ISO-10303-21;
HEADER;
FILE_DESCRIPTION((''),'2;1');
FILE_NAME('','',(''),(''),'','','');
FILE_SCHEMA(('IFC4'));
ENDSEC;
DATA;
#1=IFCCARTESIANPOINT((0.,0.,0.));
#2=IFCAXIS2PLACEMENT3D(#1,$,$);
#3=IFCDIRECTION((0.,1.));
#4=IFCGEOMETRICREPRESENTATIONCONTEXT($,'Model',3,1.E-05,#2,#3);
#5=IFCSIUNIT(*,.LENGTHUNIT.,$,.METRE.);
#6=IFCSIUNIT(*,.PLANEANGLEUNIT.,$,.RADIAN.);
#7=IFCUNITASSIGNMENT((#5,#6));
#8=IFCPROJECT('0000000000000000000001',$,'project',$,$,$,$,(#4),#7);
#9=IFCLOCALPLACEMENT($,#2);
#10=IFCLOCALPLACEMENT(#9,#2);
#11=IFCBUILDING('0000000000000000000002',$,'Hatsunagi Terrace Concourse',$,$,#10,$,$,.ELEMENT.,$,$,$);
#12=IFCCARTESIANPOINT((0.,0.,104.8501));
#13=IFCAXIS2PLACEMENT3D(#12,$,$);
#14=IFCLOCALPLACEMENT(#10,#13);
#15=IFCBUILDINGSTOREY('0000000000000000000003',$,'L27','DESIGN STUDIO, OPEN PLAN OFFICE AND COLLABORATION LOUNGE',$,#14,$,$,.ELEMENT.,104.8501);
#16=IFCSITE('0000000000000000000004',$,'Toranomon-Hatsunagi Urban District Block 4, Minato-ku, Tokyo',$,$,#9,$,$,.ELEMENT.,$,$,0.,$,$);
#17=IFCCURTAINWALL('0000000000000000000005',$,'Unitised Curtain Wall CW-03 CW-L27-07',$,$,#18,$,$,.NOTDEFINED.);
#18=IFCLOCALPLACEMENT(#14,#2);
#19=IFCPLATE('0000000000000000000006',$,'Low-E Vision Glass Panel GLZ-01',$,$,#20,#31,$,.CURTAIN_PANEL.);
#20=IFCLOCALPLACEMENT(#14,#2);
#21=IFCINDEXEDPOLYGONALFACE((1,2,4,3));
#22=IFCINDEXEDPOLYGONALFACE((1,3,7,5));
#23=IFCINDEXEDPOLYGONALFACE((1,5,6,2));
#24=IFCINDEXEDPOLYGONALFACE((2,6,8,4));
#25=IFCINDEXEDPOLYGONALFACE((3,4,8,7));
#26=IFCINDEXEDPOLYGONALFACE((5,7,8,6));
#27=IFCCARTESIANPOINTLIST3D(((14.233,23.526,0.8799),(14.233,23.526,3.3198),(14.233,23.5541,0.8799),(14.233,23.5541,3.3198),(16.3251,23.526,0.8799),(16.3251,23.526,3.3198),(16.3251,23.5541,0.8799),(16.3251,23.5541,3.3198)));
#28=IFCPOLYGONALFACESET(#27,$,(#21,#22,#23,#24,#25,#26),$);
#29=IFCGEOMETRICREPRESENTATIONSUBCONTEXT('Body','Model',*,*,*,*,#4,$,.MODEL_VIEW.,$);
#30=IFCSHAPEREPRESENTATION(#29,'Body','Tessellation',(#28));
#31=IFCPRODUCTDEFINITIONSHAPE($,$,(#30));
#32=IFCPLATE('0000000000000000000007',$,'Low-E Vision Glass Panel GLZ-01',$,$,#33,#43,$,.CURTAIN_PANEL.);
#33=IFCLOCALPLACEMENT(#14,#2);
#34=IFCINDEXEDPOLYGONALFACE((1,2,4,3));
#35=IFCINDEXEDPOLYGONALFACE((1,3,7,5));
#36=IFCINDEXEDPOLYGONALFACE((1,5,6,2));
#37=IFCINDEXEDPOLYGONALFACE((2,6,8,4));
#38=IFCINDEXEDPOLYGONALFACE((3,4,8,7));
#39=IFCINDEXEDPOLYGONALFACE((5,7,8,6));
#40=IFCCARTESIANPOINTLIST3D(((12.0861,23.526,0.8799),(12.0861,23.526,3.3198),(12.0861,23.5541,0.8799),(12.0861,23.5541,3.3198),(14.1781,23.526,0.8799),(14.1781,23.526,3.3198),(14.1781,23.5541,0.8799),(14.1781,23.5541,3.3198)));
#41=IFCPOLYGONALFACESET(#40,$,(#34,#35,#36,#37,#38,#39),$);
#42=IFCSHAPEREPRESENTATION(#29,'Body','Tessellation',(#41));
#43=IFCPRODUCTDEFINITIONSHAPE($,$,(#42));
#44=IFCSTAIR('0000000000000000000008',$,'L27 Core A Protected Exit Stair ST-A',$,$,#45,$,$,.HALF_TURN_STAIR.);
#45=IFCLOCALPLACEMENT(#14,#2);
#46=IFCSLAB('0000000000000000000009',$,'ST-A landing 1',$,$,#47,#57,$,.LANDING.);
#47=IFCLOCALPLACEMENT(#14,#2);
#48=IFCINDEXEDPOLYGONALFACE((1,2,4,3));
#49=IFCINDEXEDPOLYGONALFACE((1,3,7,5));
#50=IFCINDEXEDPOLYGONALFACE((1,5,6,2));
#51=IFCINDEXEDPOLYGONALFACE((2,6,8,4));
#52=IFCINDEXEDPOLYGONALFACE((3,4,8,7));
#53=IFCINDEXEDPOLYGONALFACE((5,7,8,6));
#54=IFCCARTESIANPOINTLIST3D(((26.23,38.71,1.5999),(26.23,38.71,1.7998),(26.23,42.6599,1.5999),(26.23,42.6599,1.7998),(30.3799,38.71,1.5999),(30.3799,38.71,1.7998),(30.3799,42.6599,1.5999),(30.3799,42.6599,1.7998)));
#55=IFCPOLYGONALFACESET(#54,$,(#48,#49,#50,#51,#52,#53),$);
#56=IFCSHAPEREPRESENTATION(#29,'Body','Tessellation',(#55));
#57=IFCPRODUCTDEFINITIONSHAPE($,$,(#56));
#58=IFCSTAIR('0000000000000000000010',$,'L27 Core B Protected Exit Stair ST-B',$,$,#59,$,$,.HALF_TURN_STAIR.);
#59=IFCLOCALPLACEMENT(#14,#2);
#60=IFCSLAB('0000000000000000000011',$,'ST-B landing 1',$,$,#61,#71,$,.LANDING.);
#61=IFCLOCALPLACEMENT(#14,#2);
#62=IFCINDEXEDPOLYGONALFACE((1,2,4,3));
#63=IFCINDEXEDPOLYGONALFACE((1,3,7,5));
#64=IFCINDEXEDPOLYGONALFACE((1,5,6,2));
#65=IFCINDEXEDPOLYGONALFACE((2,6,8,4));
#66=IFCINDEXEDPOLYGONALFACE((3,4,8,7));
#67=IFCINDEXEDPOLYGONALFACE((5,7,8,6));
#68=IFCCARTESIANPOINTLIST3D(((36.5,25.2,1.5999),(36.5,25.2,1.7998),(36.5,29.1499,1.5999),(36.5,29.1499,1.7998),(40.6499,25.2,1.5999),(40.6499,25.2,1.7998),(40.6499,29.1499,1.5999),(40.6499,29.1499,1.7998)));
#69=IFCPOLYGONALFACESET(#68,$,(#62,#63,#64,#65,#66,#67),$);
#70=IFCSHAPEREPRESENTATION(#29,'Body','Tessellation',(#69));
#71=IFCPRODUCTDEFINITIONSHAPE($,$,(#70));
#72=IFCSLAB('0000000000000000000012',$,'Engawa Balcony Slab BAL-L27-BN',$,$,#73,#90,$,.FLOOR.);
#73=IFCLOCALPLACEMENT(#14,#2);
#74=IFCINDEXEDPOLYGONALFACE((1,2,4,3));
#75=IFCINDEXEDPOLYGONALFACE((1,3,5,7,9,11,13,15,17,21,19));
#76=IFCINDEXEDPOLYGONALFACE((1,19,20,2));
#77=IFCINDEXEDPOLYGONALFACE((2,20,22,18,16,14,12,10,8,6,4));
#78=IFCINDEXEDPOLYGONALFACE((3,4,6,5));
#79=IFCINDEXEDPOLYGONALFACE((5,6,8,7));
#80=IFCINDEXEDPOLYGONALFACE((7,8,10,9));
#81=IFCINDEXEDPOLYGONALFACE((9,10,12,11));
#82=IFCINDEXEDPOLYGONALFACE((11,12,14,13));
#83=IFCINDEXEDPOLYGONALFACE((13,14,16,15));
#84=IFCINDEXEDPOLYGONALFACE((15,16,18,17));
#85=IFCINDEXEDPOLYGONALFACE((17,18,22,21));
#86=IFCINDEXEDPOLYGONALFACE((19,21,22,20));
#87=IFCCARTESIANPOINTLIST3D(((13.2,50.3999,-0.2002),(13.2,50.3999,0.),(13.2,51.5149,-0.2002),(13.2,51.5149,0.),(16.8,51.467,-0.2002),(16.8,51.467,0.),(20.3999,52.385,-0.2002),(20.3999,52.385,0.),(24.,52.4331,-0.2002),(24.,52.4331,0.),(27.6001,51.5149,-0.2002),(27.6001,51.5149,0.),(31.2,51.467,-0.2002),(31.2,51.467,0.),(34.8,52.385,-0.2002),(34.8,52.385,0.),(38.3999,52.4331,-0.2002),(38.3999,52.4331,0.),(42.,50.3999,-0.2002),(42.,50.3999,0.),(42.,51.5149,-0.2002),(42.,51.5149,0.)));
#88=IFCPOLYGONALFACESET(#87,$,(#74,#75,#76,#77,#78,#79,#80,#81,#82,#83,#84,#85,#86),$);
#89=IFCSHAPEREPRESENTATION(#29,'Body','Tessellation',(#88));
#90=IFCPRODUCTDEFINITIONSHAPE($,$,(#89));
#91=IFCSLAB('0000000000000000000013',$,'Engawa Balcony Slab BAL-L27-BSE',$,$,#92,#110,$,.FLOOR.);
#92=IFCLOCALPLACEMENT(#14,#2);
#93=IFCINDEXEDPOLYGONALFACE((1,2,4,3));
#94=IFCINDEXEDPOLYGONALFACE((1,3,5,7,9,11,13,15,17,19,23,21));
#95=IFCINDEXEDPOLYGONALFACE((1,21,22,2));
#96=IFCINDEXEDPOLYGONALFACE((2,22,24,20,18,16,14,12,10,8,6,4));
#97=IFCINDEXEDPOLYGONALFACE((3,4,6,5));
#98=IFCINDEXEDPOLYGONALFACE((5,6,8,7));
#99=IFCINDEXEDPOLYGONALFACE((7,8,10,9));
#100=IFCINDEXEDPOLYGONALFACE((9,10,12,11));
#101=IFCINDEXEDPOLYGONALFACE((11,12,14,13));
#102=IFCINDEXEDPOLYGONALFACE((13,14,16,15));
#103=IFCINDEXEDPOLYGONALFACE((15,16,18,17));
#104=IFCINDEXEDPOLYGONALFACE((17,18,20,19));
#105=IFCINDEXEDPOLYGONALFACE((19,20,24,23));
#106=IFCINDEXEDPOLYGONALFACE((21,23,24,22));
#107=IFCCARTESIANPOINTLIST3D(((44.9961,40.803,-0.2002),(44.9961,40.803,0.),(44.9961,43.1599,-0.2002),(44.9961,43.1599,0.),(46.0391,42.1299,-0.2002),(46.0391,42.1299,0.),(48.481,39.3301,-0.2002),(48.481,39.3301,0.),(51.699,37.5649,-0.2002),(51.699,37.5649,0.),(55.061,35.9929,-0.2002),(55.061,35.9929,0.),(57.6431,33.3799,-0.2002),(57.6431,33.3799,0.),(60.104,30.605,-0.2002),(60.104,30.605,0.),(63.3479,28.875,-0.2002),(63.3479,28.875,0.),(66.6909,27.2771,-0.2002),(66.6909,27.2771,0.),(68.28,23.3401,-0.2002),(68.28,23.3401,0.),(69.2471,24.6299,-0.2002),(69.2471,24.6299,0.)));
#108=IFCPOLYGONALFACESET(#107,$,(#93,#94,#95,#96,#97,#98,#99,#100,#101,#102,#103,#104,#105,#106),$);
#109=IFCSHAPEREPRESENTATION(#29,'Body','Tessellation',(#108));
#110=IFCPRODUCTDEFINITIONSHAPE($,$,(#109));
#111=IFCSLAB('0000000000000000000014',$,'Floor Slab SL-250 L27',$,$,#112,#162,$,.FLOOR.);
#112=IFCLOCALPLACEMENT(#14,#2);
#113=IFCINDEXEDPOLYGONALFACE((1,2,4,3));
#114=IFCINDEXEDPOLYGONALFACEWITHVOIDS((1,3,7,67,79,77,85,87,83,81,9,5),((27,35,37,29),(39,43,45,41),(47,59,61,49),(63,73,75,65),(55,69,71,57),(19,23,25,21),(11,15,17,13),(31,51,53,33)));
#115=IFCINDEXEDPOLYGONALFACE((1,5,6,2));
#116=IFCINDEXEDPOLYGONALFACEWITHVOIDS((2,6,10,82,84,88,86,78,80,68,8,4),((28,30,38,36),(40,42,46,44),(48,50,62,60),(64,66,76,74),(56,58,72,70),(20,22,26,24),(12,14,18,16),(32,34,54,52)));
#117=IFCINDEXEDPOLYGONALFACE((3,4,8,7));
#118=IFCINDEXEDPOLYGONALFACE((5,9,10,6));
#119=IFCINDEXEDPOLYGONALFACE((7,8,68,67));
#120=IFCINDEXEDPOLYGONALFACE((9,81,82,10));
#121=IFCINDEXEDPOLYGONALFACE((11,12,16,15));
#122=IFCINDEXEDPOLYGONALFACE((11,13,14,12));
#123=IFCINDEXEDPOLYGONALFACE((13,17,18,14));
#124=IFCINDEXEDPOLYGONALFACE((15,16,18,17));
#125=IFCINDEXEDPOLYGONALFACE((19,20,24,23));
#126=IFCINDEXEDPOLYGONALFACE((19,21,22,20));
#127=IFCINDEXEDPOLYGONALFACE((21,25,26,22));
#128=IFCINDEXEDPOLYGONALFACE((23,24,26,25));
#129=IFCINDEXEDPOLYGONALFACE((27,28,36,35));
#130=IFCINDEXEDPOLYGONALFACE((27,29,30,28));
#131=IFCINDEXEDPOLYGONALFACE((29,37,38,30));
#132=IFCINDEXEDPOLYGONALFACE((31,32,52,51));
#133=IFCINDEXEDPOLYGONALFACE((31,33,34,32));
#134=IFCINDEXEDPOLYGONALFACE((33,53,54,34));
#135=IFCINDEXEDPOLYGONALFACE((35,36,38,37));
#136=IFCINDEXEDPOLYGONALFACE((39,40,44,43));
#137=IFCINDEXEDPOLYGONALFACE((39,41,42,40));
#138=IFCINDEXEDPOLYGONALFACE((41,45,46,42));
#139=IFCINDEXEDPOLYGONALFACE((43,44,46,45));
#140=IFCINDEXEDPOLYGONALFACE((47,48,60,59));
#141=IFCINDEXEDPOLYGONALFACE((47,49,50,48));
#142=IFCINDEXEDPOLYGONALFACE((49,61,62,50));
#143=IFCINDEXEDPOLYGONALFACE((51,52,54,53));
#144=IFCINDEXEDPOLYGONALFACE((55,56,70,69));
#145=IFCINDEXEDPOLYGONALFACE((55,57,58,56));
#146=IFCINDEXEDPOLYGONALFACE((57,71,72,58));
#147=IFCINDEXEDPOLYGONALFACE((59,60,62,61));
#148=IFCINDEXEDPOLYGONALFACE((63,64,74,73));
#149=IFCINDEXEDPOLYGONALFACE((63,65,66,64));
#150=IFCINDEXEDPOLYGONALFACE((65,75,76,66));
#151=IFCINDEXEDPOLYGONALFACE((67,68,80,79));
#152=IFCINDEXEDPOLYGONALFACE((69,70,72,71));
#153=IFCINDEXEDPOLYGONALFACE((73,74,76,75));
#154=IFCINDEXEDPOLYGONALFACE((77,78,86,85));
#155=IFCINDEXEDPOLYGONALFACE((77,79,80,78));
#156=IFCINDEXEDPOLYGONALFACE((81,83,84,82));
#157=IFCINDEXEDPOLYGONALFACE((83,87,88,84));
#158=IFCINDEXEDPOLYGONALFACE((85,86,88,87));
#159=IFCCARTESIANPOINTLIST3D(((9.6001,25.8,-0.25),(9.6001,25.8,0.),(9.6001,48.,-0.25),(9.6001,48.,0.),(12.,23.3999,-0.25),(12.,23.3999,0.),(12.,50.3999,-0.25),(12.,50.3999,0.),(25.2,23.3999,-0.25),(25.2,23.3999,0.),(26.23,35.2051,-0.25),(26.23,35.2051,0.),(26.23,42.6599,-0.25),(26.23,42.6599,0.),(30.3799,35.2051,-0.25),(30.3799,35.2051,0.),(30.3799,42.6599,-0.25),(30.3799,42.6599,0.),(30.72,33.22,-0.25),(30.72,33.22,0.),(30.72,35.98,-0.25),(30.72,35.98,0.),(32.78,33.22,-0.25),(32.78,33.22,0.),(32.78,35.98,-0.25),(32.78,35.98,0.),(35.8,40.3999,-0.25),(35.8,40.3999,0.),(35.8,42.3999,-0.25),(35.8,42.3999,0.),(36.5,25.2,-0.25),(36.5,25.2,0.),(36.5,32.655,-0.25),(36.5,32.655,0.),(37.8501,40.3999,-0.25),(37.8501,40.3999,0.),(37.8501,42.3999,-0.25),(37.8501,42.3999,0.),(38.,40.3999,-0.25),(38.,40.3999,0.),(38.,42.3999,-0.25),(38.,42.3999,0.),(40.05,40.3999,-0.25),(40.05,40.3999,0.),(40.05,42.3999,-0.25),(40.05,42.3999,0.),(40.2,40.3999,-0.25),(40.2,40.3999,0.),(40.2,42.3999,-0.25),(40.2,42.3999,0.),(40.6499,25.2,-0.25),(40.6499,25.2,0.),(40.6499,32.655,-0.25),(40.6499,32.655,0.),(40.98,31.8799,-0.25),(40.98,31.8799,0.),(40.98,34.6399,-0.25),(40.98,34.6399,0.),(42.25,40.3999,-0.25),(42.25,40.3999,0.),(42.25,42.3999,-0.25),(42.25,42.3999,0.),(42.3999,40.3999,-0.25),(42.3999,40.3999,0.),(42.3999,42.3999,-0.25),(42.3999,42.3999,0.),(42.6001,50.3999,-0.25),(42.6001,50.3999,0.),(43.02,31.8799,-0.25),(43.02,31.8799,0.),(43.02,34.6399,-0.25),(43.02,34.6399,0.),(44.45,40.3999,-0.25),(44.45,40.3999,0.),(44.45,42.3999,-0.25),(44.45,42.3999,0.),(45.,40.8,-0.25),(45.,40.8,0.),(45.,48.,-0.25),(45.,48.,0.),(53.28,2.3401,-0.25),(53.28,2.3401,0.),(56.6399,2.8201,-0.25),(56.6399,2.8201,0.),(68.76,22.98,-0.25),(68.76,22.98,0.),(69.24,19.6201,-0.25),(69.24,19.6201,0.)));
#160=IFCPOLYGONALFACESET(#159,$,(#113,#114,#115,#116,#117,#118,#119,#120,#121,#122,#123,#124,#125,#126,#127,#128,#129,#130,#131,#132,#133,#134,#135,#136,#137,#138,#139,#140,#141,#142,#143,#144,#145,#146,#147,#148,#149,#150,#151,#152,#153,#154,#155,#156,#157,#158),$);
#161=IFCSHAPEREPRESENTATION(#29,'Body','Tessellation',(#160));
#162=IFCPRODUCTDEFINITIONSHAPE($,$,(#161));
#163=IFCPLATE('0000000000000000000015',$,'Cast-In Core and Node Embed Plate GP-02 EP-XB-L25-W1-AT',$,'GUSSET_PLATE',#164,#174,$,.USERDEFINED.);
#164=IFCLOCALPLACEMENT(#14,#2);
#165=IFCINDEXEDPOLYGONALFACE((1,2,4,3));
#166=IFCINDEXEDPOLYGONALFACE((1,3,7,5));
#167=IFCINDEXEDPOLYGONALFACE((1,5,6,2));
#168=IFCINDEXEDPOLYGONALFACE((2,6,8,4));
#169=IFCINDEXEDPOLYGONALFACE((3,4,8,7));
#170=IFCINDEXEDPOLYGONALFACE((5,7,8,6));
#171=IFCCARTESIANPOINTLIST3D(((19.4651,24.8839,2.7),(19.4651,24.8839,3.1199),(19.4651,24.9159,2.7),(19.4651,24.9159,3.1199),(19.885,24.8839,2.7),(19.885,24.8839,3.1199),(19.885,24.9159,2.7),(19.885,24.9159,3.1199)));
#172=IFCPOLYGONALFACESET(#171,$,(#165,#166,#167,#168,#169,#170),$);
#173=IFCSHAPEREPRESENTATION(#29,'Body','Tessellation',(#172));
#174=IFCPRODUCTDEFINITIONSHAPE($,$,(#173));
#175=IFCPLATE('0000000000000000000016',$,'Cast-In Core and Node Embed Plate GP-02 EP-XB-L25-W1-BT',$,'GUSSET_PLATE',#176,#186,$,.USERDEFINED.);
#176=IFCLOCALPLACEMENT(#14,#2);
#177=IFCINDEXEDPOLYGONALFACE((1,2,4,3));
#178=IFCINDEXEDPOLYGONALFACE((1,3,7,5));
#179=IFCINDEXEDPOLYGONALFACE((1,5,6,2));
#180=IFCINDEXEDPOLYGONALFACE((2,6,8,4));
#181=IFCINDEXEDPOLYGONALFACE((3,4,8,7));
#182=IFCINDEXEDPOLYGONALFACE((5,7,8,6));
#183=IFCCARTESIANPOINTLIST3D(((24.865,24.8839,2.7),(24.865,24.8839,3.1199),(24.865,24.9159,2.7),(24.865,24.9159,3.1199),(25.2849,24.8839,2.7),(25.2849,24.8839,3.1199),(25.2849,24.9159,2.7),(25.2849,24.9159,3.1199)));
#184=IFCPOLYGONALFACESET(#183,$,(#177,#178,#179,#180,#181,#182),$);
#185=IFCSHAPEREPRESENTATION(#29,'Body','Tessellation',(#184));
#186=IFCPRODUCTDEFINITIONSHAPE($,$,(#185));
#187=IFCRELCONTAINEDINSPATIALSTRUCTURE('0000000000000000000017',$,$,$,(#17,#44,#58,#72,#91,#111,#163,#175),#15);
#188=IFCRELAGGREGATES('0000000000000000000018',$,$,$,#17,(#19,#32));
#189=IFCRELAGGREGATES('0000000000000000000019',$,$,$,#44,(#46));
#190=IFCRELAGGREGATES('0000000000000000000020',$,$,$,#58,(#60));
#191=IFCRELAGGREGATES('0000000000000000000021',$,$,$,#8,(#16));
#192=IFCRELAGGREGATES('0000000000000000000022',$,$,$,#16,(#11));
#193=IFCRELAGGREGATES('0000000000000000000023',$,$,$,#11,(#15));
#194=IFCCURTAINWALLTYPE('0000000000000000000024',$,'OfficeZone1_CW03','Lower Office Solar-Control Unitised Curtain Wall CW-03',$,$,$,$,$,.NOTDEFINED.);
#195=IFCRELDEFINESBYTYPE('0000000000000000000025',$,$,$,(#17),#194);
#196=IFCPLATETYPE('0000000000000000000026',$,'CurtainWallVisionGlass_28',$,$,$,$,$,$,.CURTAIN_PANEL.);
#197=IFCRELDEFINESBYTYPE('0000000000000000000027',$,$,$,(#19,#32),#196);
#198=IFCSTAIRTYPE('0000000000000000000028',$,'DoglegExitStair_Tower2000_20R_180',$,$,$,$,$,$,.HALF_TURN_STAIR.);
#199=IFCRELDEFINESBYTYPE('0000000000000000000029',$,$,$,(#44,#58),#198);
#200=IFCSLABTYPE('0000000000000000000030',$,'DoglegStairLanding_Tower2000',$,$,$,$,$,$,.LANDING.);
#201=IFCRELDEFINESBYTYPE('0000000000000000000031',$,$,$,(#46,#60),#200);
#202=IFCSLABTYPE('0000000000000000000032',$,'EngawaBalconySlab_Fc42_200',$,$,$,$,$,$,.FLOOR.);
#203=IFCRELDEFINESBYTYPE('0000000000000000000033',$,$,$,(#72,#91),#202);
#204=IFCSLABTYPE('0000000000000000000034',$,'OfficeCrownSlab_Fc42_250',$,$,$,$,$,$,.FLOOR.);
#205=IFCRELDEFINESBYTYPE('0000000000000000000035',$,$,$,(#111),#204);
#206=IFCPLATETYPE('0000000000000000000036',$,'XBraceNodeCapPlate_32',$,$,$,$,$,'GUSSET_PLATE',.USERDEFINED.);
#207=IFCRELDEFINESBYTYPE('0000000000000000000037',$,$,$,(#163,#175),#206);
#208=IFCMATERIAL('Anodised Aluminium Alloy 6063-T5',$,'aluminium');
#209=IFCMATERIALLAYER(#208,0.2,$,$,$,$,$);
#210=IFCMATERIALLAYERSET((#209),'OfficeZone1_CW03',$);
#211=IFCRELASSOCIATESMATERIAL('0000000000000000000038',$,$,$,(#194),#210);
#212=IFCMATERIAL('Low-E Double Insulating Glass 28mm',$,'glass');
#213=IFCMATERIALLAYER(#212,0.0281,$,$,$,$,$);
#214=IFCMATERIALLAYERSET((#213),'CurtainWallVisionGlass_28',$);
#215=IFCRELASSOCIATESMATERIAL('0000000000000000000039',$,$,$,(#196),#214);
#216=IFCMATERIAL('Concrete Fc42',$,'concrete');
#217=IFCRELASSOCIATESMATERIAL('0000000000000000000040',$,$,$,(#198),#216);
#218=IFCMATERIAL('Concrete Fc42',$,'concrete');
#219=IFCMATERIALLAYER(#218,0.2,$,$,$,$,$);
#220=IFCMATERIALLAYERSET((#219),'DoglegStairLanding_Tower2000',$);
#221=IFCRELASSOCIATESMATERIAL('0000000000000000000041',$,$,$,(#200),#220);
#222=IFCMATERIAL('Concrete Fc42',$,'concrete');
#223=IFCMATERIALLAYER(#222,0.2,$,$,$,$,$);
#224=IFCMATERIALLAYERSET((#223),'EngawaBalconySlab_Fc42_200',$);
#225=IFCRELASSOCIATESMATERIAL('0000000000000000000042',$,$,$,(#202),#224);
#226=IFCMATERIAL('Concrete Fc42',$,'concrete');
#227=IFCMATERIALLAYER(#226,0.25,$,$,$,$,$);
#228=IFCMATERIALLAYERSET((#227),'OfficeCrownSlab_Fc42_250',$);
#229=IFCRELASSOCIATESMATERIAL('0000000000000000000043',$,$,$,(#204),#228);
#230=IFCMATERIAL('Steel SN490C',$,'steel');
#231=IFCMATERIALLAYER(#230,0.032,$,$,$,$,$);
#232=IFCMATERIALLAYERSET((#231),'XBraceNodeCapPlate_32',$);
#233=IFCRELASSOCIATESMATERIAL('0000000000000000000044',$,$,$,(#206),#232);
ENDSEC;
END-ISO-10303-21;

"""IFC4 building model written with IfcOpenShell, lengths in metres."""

from ifc_helpers import new_model, si_unit, direction, frame, origin, origin_2d, place, context, subcontext, project, spatial, polyline, rectangle, outline, extrude, material, layer, layer_set, type_object, element, aggregate, save


model = new_model("IFC4")

# Units and contexts
model_context = context("Model", 3, precision=1e-05, world=origin(), true_north=direction((0.0, 1.0)))
body_context = subcontext(model_context, "Body", "Model", "MODEL_VIEW")
ifc_project = project(units=[si_unit("LENGTHUNIT", "METRE"), si_unit("PLANEANGLEUNIT", "RADIAN")], contexts=[model_context])

# Site, building, storey
site_placement = place(None, origin())
site = spatial("IfcSite", under=ifc_project, at=site_placement, Name="Toranomon-Hatsunagi Urban District Block 4, Minato-ku, Tokyo", CompositionType="ELEMENT", RefElevation=0.0)
building_placement = place(site_placement, origin())
building = spatial("IfcBuilding", under=site, at=building_placement, Name="Hatsunagi Terrace Concourse", CompositionType="ELEMENT")
storey_placement = place(building_placement, frame((0.0, 0.0, 104.8501)))
storey = spatial("IfcBuildingStorey", under=building, at=storey_placement, Name="L27", Description="DESIGN STUDIO, OPEN PLAN OFFICE AND COLLABORATION LOUNGE", CompositionType="ELEMENT", Elevation=104.8501)

# Curtain wall
ifc_material_1 = material(Name="Anodised Aluminium Alloy 6063-T5", Category="aluminium")
ifc_layer_1 = layer(ifc_material_1, 0.2)
ifc_layer_set_1 = layer_set([ifc_layer_1], Name="OfficeZone1_CW03")
curtain_wall_type = type_object("IfcCurtainWallType", Name="OfficeZone1_CW03", Description="Lower Office Solar-Control Unitised Curtain Wall CW-03", PredefinedType="NOTDEFINED", material=ifc_layer_set_1)
curtain_wall_placement = place(storey_placement, origin())
curtain_wall = element("IfcCurtainWall", 1, at=curtain_wall_placement, inside=storey, type_object=curtain_wall_type, Name="Unitised Curtain Wall CW-03 CW-L27-07", PredefinedType="NOTDEFINED")

# Plates
ifc_material_2 = material(Name="Low-E Double Insulating Glass 28mm", Category="glass")
ifc_layer_2 = layer(ifc_material_2, 0.0281)
ifc_layer_set_2 = layer_set([ifc_layer_2], Name="CurtainWallVisionGlass_28")
plate_type_1 = type_object("IfcPlateType", Name="CurtainWallVisionGlass_28", PredefinedType="CURTAIN_PANEL", material=ifc_layer_set_2)
plate_1_placement = place(storey_placement, frame((15.2791, 23.54, 0.8799), z_axis=(0.0, 0.0, 1.0), x_axis=(-1.0, 0.0, 0.0)))
plate_1 = element("IfcPlate", 2, at=plate_1_placement, type_object=plate_type_1, Name="Low-E Vision Glass Panel GLZ-01", PredefinedType="CURTAIN_PANEL", context=body_context, shape_type="SweptSolid", body=[
    extrude(rectangle(XDim=2.092, YDim=0.0281, at=origin_2d()), origin(), (0.0, 0.0, 1.0), 2.4399),
])
plate_2_placement = place(storey_placement, frame((13.1321, 23.54, 0.8799), z_axis=(0.0, 0.0, 1.0), x_axis=(-1.0, 0.0, 0.0)))
plate_2 = element("IfcPlate", 3, at=plate_2_placement, type_object=plate_type_1, Name="Low-E Vision Glass Panel GLZ-01", PredefinedType="CURTAIN_PANEL", context=body_context, shape_type="SweptSolid", body=[
    extrude(rectangle(XDim=2.092, YDim=0.0281, at=origin_2d()), origin(), (0.0, 0.0, 1.0), 2.4399),
])
aggregate(curtain_wall, [plate_1, plate_2])

# Stairs, slabs
ifc_material_3 = material(Name="Concrete Fc42", Category="concrete")
stair_type = type_object("IfcStairType", Name="DoglegExitStair_Tower2000_20R_180", PredefinedType="HALF_TURN_STAIR", material=ifc_material_3)
stair_1_placement = place(storey_placement, origin())
stair_1 = element("IfcStair", 4, at=stair_1_placement, inside=storey, type_object=stair_type, Name="L27 Core A Protected Exit Stair ST-A", PredefinedType="HALF_TURN_STAIR")
ifc_material_4 = material(Name="Concrete Fc42", Category="concrete")
ifc_layer_3 = layer(ifc_material_4, 0.2)
ifc_layer_set_3 = layer_set([ifc_layer_3], Name="DoglegStairLanding_Tower2000")
slab_type_1 = type_object("IfcSlabType", Name="DoglegStairLanding_Tower2000", PredefinedType="LANDING", material=ifc_layer_set_3)
slab_1_placement = place(storey_placement, frame((0.0, 0.0, 1.5999)))
slab_1 = element("IfcSlab", 5, at=slab_1_placement, type_object=slab_type_1, Name="ST-A landing 1", PredefinedType="LANDING", context=body_context, shape_type="SweptSolid", body=[
    extrude(outline(polyline([(30.3799, 38.71), (30.3799, 42.6599), (26.23, 42.6599), (26.23, 38.71), (30.3799, 38.71)])), origin(), (0.0, 0.0, 1.0), 0.2),
])
aggregate(stair_1, [slab_1])
stair_2_placement = place(storey_placement, origin())
stair_2 = element("IfcStair", 6, at=stair_2_placement, inside=storey, type_object=stair_type, Name="L27 Core B Protected Exit Stair ST-B", PredefinedType="HALF_TURN_STAIR")
slab_2_placement = place(storey_placement, frame((0.0, 0.0, 1.5999)))
slab_2 = element("IfcSlab", 7, at=slab_2_placement, type_object=slab_type_1, Name="ST-B landing 1", PredefinedType="LANDING", context=body_context, shape_type="SweptSolid", body=[
    extrude(outline(polyline([(36.5, 29.1499), (36.5, 25.2), (40.6499, 25.2), (40.6499, 29.1499), (36.5, 29.1499)])), origin(), (0.0, 0.0, 1.0), 0.2),
])
aggregate(stair_2, [slab_2])

# Slabs
ifc_material_5 = material(Name="Concrete Fc42", Category="concrete")
ifc_layer_4 = layer(ifc_material_5, 0.2)
ifc_layer_set_4 = layer_set([ifc_layer_4], Name="EngawaBalconySlab_Fc42_200")
slab_type_2 = type_object("IfcSlabType", Name="EngawaBalconySlab_Fc42_200", PredefinedType="FLOOR", material=ifc_layer_set_4)
slab_3_placement = place(storey_placement, frame((0.0, 0.0, -0.2002)))
element("IfcSlab", 8, at=slab_3_placement, inside=storey, type_object=slab_type_2, Name="Engawa Balcony Slab BAL-L27-BN", PredefinedType="FLOOR", context=body_context, shape_type="SweptSolid", body=[
    extrude(outline(polyline([(13.2, 51.5149), (13.2, 50.3999), (42.0, 50.3999), (42.0, 51.5149), (38.3999, 52.4331), (34.8, 52.385), (31.2, 51.467), (27.6001, 51.5149), (24.0, 52.4331), (20.3999, 52.385), (16.8, 51.467), (13.2, 51.5149)])), origin(), (0.0, 0.0, 1.0), 0.2002),
])
slab_4_placement = place(storey_placement, frame((0.0, 0.0, -0.2002)))
element("IfcSlab", 9, at=slab_4_placement, inside=storey, type_object=slab_type_2, Name="Engawa Balcony Slab BAL-L27-BSE", PredefinedType="FLOOR", context=body_context, shape_type="SweptSolid", body=[
    extrude(outline(polyline([(46.0391, 42.1299), (44.9961, 43.1599), (44.9961, 40.803), (68.28, 23.3401), (69.2471, 24.6299), (66.6909, 27.2771), (63.3479, 28.875), (60.104, 30.605), (57.6431, 33.3799), (55.061, 35.9929), (51.699, 37.5649), (48.481, 39.3301), (46.0391, 42.1299)])), origin(), (0.0, 0.0, 1.0), 0.2002),
])
ifc_material_6 = material(Name="Concrete Fc42", Category="concrete")
ifc_layer_5 = layer(ifc_material_6, 0.25)
ifc_layer_set_5 = layer_set([ifc_layer_5], Name="OfficeCrownSlab_Fc42_250")
slab_type_3 = type_object("IfcSlabType", Name="OfficeCrownSlab_Fc42_250", PredefinedType="FLOOR", material=ifc_layer_set_5)
slab_5_placement = place(storey_placement, frame((0.0, 0.0, -0.25)))
element("IfcSlab", 10, at=slab_5_placement, inside=storey, type_object=slab_type_3, Name="Floor Slab SL-250 L27", PredefinedType="FLOOR", context=body_context, shape_type="SweptSolid", body=[
    extrude(outline(polyline([(45.0, 40.8), (45.0, 48.0), (42.6001, 50.3999), (12.0, 50.3999), (9.6001, 48.0), (9.6001, 25.8), (12.0, 23.3999), (25.2, 23.3999), (53.28, 2.3401), (56.6399, 2.8201), (69.24, 19.6201), (68.76, 22.98), (45.0, 40.8)]), holes=[polyline([(26.23, 35.2051), (30.3799, 35.2051), (30.3799, 42.6599), (26.23, 42.6599), (26.23, 35.2051)]), polyline([(36.5, 25.2), (40.6499, 25.2), (40.6499, 32.655), (36.5, 32.655), (36.5, 25.2)]), polyline([(30.72, 33.22), (32.78, 33.22), (32.78, 35.98), (30.72, 35.98), (30.72, 33.22)]), polyline([(40.98, 31.8799), (43.02, 31.8799), (43.02, 34.6399), (40.98, 34.6399), (40.98, 31.8799)]), polyline([(35.8, 40.3999), (37.8501, 40.3999), (37.8501, 42.3999), (35.8, 42.3999), (35.8, 40.3999)]), polyline([(38.0, 40.3999), (40.05, 40.3999), (40.05, 42.3999), (38.0, 42.3999), (38.0, 40.3999)]), polyline([(40.2, 40.3999), (42.25, 40.3999), (42.25, 42.3999), (40.2, 42.3999), (40.2, 40.3999)]), polyline([(42.3999, 40.3999), (44.45, 40.3999), (44.45, 42.3999), (42.3999, 42.3999), (42.3999, 40.3999)])]), origin(), (0.0, 0.0, 1.0), 0.25),
])

# Plates
ifc_material_7 = material(Name="Steel SN490C", Category="steel")
ifc_layer_6 = layer(ifc_material_7, 0.032)
ifc_layer_set_6 = layer_set([ifc_layer_6], Name="XBraceNodeCapPlate_32")
plate_type_2 = type_object("IfcPlateType", Name="XBraceNodeCapPlate_32", ElementType="GUSSET_PLATE", PredefinedType="USERDEFINED", material=ifc_layer_set_6)
for number, where, z_axis, x_axis, name in (
    (11, (19.675, 24.8999, 2.7), (0.0, 0.0, 1.0), (1.0, 0.0, 0.0), "Cast-In Core and Node Embed Plate GP-02 EP-XB-L25-W1-AT"),
    (12, (25.075, 24.8999, 2.7), (0.0, 0.0, 1.0), (1.0, 0.0, 0.0), "Cast-In Core and Node Embed Plate GP-02 EP-XB-L25-W1-BT"),
):
    element("IfcPlate", number, at=place(storey_placement, frame(where, z_axis=z_axis, x_axis=x_axis)), inside=storey, type_object=plate_type_2, Name=name, ObjectType="GUSSET_PLATE", PredefinedType="USERDEFINED", context=body_context, shape_type="SweptSolid", body=[
        extrude(rectangle(XDim=0.4199, YDim=0.032, at=origin_2d()), origin(), (0.0, 0.0, 1.0), 0.4199),
    ])

save(model, "model.ifc")
